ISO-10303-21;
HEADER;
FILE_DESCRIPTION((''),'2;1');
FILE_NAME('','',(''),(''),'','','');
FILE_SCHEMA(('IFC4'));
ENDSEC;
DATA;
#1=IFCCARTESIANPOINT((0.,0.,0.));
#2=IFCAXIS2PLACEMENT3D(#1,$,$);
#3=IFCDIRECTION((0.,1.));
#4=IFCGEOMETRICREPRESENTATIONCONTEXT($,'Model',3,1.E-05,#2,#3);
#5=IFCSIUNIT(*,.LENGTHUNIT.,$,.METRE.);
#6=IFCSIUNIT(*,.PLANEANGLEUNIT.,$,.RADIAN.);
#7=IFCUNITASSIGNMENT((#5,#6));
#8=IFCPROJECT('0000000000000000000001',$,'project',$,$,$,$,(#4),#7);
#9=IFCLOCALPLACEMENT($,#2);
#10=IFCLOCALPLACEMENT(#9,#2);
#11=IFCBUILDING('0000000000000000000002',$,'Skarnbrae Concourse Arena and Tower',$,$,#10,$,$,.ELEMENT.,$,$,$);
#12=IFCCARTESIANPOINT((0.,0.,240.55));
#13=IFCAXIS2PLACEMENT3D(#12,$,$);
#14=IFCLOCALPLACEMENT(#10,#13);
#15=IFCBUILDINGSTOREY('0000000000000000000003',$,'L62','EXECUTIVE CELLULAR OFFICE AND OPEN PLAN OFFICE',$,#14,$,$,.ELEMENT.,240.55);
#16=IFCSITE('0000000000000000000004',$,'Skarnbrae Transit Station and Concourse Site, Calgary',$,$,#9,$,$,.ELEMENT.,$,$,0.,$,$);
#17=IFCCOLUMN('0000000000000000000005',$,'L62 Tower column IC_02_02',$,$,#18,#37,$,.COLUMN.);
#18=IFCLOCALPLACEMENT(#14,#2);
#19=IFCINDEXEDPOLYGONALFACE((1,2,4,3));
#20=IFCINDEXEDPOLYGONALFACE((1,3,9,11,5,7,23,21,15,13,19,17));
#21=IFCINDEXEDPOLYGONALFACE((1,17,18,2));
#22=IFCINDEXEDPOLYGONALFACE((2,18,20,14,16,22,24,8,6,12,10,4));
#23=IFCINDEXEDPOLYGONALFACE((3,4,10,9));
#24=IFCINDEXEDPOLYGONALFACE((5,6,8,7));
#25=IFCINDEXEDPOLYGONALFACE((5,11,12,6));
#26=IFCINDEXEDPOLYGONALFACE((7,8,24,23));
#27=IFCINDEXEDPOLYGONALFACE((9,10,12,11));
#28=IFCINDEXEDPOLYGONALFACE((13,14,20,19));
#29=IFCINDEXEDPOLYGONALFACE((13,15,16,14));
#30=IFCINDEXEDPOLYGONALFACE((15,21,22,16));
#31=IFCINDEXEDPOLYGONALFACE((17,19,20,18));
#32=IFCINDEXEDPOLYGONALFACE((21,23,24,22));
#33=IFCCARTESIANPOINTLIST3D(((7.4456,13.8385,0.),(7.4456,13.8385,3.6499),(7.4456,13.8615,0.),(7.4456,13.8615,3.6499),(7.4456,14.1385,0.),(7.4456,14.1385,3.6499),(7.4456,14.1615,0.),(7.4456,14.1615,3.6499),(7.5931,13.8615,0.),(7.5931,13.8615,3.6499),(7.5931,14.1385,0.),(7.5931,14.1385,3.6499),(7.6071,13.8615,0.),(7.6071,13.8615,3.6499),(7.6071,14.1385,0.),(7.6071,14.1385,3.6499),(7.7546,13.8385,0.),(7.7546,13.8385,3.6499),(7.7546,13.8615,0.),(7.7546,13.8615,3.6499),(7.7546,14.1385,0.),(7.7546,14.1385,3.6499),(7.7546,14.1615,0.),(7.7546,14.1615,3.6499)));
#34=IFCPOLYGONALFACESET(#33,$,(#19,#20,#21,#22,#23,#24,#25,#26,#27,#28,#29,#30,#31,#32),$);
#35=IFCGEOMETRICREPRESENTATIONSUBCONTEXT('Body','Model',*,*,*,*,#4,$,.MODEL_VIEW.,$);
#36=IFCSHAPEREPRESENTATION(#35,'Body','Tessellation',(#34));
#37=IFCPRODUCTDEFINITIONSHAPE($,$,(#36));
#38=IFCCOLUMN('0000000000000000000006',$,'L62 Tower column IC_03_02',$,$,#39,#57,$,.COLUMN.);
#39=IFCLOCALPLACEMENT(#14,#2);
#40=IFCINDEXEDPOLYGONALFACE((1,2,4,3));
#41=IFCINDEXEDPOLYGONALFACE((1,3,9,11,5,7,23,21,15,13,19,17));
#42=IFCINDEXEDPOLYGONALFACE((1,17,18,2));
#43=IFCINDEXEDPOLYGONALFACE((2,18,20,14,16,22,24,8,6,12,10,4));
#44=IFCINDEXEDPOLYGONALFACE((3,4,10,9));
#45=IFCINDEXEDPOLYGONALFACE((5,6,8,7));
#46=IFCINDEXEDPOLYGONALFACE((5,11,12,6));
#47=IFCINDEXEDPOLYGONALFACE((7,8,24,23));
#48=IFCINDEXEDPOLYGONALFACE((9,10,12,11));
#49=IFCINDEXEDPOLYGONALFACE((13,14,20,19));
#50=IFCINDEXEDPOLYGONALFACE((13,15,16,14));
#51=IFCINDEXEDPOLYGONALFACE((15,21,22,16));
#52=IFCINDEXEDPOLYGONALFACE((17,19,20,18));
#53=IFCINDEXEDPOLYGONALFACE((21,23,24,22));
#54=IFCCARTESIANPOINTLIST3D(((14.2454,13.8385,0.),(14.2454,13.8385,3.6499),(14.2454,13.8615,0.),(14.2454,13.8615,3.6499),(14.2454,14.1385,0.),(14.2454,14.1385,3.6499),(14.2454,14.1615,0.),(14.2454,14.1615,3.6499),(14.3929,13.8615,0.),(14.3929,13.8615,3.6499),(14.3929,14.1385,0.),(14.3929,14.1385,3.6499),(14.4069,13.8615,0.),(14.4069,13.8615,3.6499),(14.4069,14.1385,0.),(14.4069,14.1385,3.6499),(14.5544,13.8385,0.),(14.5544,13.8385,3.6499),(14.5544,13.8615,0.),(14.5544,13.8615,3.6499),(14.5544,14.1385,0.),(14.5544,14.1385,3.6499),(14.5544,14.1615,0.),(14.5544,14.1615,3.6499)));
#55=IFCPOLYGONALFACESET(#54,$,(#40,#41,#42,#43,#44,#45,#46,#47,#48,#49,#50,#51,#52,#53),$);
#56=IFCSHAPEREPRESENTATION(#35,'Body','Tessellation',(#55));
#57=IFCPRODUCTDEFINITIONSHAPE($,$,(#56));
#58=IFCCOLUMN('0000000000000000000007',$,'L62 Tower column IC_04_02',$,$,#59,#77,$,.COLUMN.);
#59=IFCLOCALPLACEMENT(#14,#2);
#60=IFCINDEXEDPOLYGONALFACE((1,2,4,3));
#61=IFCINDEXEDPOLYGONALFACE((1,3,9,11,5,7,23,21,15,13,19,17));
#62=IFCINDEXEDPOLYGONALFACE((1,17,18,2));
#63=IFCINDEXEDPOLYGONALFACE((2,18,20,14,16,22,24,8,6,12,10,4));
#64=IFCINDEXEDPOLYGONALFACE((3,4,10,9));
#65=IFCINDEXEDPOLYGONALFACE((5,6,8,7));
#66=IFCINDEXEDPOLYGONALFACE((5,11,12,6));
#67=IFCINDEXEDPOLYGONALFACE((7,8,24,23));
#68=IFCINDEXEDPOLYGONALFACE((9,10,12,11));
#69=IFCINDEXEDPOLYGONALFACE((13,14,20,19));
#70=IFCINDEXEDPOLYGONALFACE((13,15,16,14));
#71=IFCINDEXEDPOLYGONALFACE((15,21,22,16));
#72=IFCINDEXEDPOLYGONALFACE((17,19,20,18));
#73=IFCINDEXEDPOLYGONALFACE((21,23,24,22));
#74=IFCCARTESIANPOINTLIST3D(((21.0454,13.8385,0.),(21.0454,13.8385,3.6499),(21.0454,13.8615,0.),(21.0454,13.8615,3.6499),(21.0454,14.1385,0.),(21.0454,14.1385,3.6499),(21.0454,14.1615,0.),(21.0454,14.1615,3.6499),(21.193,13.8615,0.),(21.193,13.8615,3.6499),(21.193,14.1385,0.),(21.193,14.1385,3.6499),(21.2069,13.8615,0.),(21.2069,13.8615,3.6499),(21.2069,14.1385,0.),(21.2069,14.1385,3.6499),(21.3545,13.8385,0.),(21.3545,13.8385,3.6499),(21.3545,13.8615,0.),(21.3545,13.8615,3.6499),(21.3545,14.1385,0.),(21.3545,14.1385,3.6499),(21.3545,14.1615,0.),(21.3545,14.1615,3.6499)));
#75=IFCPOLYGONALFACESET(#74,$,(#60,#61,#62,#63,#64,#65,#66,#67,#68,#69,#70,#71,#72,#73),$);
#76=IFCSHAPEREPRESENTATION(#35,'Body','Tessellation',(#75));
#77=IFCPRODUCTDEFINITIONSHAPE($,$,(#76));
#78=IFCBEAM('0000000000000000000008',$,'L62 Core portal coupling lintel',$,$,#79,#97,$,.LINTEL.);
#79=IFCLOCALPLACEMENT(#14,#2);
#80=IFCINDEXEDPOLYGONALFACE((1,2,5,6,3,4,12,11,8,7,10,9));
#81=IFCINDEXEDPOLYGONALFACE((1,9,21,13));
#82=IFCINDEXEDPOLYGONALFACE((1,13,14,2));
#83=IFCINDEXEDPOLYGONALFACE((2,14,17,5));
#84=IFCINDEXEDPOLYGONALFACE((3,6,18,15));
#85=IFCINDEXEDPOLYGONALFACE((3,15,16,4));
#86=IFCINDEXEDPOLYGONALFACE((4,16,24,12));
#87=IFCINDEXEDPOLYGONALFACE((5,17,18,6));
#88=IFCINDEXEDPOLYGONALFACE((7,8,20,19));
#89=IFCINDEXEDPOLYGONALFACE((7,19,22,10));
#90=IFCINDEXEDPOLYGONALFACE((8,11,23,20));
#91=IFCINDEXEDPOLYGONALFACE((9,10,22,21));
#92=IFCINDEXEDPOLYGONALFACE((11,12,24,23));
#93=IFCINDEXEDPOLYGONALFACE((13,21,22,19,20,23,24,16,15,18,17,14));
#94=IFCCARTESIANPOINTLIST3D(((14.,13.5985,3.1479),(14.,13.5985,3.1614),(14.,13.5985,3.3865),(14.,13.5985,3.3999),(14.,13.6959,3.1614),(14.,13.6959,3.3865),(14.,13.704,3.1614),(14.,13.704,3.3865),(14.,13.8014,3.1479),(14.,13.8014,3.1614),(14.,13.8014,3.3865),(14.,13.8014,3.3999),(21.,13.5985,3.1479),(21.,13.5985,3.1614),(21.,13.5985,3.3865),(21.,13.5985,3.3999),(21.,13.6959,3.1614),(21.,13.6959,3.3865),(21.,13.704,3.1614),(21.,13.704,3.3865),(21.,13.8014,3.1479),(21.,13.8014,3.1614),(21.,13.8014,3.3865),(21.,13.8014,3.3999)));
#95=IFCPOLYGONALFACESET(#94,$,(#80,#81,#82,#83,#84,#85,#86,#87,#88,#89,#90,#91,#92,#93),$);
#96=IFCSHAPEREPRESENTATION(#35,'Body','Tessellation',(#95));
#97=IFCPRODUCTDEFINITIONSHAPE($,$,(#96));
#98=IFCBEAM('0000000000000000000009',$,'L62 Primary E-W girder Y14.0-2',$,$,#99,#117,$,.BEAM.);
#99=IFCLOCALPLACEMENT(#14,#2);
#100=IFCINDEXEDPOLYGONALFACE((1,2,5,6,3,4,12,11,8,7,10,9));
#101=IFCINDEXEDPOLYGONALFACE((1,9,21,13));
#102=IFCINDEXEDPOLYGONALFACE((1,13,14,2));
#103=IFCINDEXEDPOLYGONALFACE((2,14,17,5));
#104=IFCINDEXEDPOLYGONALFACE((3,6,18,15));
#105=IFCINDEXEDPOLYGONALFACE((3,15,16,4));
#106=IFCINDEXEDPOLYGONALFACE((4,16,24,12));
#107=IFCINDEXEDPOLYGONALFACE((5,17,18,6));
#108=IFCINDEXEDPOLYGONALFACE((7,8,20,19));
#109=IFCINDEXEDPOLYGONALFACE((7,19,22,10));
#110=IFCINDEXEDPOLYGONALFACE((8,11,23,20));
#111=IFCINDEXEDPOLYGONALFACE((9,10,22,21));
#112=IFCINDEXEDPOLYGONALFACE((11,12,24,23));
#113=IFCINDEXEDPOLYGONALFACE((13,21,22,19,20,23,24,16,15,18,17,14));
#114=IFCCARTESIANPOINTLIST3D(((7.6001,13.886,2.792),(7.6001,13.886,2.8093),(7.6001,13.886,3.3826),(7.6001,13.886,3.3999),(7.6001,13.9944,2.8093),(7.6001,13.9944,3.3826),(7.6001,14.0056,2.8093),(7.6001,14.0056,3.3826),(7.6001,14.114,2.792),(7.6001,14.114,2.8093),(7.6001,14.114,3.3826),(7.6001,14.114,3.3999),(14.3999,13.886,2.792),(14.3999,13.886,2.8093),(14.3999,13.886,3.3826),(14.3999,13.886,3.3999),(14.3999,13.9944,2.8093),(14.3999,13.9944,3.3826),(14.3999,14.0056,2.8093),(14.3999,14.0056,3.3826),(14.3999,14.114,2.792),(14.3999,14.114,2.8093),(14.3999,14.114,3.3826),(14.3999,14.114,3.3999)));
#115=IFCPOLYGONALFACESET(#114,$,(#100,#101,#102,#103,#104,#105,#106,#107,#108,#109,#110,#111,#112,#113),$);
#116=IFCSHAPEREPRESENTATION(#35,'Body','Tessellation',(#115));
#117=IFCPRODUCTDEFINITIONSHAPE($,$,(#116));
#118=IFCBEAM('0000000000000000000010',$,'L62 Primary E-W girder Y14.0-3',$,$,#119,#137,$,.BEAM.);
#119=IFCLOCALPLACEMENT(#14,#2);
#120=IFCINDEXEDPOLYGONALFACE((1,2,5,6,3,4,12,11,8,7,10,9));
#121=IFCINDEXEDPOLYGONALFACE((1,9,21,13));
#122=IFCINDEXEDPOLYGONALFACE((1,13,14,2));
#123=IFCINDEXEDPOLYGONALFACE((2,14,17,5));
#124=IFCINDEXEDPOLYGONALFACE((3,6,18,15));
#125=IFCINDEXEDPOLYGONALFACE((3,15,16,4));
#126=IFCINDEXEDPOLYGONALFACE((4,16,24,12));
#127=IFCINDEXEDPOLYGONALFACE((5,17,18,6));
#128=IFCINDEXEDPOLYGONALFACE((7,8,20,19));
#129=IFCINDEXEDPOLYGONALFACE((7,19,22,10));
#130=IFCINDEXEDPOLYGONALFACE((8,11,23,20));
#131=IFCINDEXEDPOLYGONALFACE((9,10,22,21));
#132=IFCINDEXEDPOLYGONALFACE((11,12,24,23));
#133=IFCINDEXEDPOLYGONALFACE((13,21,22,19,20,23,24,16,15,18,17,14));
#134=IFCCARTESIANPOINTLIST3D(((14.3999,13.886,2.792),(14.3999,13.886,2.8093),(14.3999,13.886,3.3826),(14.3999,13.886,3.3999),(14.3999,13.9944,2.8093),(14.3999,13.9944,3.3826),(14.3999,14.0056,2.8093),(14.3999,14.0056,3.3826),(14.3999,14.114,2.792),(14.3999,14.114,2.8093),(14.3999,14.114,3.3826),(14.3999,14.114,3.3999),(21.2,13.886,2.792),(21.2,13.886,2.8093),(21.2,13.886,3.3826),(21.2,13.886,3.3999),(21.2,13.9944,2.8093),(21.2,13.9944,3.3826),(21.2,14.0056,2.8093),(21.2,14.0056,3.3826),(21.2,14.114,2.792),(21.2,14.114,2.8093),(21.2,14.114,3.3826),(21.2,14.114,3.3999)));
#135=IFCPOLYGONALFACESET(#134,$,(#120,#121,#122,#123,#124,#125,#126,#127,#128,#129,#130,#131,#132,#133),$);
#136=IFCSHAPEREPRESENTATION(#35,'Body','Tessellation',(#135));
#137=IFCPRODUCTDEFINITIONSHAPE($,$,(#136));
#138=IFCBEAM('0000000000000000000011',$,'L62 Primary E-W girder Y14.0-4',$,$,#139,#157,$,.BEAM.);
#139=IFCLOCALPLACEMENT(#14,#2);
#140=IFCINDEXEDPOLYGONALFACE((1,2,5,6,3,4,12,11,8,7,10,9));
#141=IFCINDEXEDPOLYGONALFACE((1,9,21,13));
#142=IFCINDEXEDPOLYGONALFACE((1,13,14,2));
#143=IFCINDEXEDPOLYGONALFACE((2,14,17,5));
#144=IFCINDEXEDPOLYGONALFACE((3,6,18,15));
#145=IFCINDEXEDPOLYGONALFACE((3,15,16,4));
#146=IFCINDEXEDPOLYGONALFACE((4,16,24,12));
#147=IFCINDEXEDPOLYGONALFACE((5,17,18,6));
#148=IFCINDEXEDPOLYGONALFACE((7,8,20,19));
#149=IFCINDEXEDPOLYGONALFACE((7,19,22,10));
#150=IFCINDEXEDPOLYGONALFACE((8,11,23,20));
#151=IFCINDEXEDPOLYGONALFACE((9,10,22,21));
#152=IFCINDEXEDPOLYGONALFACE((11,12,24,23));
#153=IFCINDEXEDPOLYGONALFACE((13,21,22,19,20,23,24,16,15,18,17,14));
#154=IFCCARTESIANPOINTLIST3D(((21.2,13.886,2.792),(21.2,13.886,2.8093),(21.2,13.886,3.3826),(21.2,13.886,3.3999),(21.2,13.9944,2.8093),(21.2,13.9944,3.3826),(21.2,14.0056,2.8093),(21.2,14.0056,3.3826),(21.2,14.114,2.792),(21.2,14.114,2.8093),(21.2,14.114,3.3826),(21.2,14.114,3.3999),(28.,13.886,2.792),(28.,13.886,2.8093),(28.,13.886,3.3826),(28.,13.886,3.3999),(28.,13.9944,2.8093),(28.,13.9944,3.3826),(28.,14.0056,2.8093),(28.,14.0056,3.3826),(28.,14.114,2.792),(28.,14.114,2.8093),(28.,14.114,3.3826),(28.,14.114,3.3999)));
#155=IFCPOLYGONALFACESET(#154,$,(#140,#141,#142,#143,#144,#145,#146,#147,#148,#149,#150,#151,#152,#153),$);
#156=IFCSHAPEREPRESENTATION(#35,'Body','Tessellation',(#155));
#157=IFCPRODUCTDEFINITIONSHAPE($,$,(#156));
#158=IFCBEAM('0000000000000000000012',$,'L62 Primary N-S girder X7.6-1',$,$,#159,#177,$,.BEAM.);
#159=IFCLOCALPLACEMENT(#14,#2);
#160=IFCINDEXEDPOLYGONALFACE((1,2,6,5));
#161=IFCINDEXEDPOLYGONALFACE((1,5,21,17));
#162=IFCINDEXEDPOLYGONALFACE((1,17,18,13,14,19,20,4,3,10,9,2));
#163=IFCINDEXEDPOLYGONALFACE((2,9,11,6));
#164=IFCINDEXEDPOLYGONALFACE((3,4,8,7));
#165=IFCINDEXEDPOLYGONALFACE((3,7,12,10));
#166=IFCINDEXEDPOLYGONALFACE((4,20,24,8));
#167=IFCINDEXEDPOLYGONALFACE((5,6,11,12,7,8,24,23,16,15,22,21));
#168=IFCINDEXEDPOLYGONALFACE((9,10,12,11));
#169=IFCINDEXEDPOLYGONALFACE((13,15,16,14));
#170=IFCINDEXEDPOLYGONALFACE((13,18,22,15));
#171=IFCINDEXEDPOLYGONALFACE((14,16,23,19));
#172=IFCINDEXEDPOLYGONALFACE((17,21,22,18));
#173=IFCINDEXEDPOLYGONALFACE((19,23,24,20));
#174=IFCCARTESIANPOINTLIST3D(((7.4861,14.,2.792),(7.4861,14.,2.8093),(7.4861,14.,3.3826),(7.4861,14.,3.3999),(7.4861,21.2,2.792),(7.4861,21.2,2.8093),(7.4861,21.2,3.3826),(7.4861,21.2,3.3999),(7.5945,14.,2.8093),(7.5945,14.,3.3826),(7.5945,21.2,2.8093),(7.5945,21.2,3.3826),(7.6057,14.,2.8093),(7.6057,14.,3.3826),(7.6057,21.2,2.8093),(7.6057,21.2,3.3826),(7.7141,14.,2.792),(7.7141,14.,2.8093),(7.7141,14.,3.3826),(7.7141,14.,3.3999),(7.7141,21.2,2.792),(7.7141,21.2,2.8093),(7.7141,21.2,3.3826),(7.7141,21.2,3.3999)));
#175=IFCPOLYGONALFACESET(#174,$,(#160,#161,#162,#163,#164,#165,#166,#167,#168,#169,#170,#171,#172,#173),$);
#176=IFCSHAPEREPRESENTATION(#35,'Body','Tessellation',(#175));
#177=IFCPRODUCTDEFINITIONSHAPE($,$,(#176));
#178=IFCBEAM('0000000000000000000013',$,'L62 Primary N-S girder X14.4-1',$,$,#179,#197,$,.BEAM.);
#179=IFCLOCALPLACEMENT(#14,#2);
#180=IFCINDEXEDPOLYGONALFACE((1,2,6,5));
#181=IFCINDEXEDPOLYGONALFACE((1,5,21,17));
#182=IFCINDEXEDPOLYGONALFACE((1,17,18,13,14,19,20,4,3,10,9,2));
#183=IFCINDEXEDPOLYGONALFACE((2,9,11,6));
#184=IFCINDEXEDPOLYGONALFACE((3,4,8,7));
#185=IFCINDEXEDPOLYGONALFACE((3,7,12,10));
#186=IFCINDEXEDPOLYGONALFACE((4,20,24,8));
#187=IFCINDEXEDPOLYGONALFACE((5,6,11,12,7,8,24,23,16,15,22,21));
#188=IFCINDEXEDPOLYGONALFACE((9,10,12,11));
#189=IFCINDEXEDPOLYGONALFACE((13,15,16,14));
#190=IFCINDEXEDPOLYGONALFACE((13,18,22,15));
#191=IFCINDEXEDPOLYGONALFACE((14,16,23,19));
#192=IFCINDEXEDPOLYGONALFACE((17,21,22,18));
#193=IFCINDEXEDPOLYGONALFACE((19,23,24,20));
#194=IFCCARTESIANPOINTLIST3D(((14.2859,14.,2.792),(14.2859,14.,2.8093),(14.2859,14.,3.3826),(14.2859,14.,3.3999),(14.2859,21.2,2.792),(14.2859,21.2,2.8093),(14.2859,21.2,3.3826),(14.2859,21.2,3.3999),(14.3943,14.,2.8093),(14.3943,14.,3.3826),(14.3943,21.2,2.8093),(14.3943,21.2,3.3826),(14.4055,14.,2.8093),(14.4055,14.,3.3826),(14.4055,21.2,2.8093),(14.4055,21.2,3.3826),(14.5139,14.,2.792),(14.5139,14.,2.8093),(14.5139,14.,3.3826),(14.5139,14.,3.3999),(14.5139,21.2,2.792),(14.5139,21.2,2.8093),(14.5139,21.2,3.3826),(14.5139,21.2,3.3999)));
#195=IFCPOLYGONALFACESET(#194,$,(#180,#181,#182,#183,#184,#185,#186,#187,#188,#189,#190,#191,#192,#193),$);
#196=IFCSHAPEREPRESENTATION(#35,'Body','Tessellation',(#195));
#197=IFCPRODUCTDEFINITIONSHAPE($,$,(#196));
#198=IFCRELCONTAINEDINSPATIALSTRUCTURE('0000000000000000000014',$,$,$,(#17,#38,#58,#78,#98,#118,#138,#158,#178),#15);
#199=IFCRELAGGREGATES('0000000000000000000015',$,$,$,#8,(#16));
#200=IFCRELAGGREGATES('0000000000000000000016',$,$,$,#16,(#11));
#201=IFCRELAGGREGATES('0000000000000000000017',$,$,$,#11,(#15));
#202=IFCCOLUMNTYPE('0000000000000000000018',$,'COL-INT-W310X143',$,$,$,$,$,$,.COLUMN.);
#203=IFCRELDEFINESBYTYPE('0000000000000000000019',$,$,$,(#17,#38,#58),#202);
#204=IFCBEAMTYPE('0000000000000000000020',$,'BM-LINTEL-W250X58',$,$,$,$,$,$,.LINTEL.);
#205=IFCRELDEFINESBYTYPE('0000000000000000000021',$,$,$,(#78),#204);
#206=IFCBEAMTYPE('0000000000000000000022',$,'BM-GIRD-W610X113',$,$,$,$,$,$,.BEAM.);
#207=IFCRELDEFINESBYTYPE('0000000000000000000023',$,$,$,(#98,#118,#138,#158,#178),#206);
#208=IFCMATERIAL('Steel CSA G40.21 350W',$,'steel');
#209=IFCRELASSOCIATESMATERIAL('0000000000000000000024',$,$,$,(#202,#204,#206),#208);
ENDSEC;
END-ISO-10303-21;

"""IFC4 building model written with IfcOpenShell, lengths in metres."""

from ifc_helpers import new_model, si_unit, direction, frame, origin, origin_2d, place, context, subcontext, project, spatial, i_section, extrude, source, transform, mapped, material, material_profile, profile_set, type_object, element, save


model = new_model("IFC4")

# Units and contexts
model_context = context("Model", 3, precision=1e-05, world=origin(), true_north=direction((0.0, 1.0)))
body_context = subcontext(model_context, "Body", "Model", "MODEL_VIEW")
ifc_project = project(units=[si_unit("LENGTHUNIT", "METRE"), si_unit("PLANEANGLEUNIT", "RADIAN")], contexts=[model_context])

# Site, building, storey
site_placement = place(None, origin())
site = spatial("IfcSite", under=ifc_project, at=site_placement, Name="Skarnbrae Transit Station and Concourse Site, Calgary", CompositionType="ELEMENT", RefElevation=0.0)
building_placement = place(site_placement, origin())
building = spatial("IfcBuilding", under=site, at=building_placement, Name="Skarnbrae Concourse Arena and Tower", CompositionType="ELEMENT")
storey_placement = place(building_placement, frame((0.0, 0.0, 240.55)))
storey = spatial("IfcBuildingStorey", under=building, at=storey_placement, Name="L62", Description="EXECUTIVE CELLULAR OFFICE AND OPEN PLAN OFFICE", CompositionType="ELEMENT", Elevation=240.55)

# Columns
ifc_material_1 = material(Name="Steel CSA G40.21 350W", Category="steel")
ifc_material_profile_1 = material_profile(ifc_material_1, i_section(OverallWidth=0.3091, OverallDepth=0.323, WebThickness=0.0139, FlangeThickness=0.0229, at=origin_2d()), Name="W310X143")
ifc_profile_set_1 = profile_set([ifc_material_profile_1], Name="Steel CSA G40.21 350W")
column_type = type_object("IfcColumnType", Name="COL-INT-W310X143", PredefinedType="COLUMN", material=ifc_profile_set_1)
shared_shape_1 = source(origin(), body_context, "Body", "SweptSolid", [
    extrude(i_section(OverallWidth=0.3091, OverallDepth=0.323, WebThickness=0.0139, FlangeThickness=0.0229, at=origin_2d()), origin(), (0.0, 0.0, 1.0), 3.6499),
])
for number, where, z_axis, x_axis, name in (
    (1, (7.6001, 14.0, 0.0), (0.0, 0.0, 1.0), (1.0, 0.0, 0.0), "L62 Tower column IC_02_02"),
    (2, (14.3999, 14.0, 0.0), (0.0, 0.0, 1.0), (1.0, 0.0, 0.0), "L62 Tower column IC_03_02"),
    (3, (21.2, 14.0, 0.0), (0.0, 0.0, 1.0), (1.0, 0.0, 0.0), "L62 Tower column IC_04_02"),
):
    element("IfcColumn", number, at=place(storey_placement, frame(where, z_axis=z_axis, x_axis=x_axis)), inside=storey, type_object=column_type, Name=name, PredefinedType="COLUMN", context=body_context, shape_type="MappedRepresentation", body=[
        mapped(shared_shape_1, transform((0.0, 0.0, 0.0))),
    ])

# Beams
ifc_material_profile_2 = material_profile(ifc_material_1, i_section(OverallWidth=0.2029, OverallDepth=0.252, WebThickness=0.0081, FlangeThickness=0.0134, at=origin_2d()), Name="W250X58")
ifc_profile_set_2 = profile_set([ifc_material_profile_2], Name="Steel CSA G40.21 350W")
beam_type_1 = type_object("IfcBeamType", Name="BM-LINTEL-W250X58", PredefinedType="LINTEL", material=ifc_profile_set_2)
shared_shape_2 = source(origin(), body_context, "Body", "SweptSolid", [
    extrude(i_section(OverallWidth=0.2029, OverallDepth=0.252, WebThickness=0.0081, FlangeThickness=0.0134, at=origin_2d()), origin(), (0.0, 0.0, 1.0), 7.0),
])
beam_1_placement = place(storey_placement, frame((14.0, 13.7, 3.2739), z_axis=(1.0, 0.0, 0.0), x_axis=(0.0, 1.0, 0.0)))
element("IfcBeam", 4, at=beam_1_placement, inside=storey, type_object=beam_type_1, Name="L62 Core portal coupling lintel", PredefinedType="LINTEL", context=body_context, shape_type="MappedRepresentation", body=[
    mapped(shared_shape_2, transform((0.0, 0.0, 0.0))),
])
ifc_material_profile_3 = material_profile(ifc_material_1, i_section(OverallWidth=0.228, OverallDepth=0.6079, WebThickness=0.0112, FlangeThickness=0.0173, at=origin_2d()), Name="W610X113")
ifc_profile_set_3 = profile_set([ifc_material_profile_3], Name="Steel CSA G40.21 350W")
beam_type_2 = type_object("IfcBeamType", Name="BM-GIRD-W610X113", PredefinedType="BEAM", material=ifc_profile_set_3)
shared_shape_3 = source(origin(), body_context, "Body", "SweptSolid", [
    extrude(i_section(OverallWidth=0.228, OverallDepth=0.6079, WebThickness=0.0112, FlangeThickness=0.0173, at=origin_2d()), origin(), (0.0, 0.0, 1.0), 6.7998),
])
beam_2_placement = place(storey_placement, frame((7.6001, 14.0, 3.0959), z_axis=(1.0, 0.0, 0.0), x_axis=(0.0, 1.0, 0.0)))
element("IfcBeam", 5, at=beam_2_placement, inside=storey, type_object=beam_type_2, Name="L62 Primary E-W girder Y14.0-2", PredefinedType="BEAM", context=body_context, shape_type="MappedRepresentation", body=[
    mapped(shared_shape_3, transform((0.0, 0.0, 0.0))),
])
shared_shape_4 = source(origin(), body_context, "Body", "SweptSolid", [
    extrude(i_section(OverallWidth=0.228, OverallDepth=0.6079, WebThickness=0.0112, FlangeThickness=0.0173, at=origin_2d()), origin(), (0.0, 0.0, 1.0), 6.8),
])
for number, where, z_axis, x_axis, name in (
    (6, (14.3999, 14.0, 3.0959), (1.0, 0.0, 0.0), (0.0, 1.0, 0.0), "L62 Primary E-W girder Y14.0-3"),
    (7, (21.2, 14.0, 3.0959), (1.0, 0.0, 0.0), (0.0, 1.0, 0.0), "L62 Primary E-W girder Y14.0-4"),
):
    element("IfcBeam", number, at=place(storey_placement, frame(where, z_axis=z_axis, x_axis=x_axis)), inside=storey, type_object=beam_type_2, Name=name, PredefinedType="BEAM", context=body_context, shape_type="MappedRepresentation", body=[
        mapped(shared_shape_4, transform((0.0, 0.0, 0.0))),
    ])
shared_shape_5 = source(origin(), body_context, "Body", "SweptSolid", [
    extrude(i_section(OverallWidth=0.228, OverallDepth=0.6079, WebThickness=0.0112, FlangeThickness=0.0173, at=origin_2d()), origin(), (0.0, 0.0, 1.0), 7.2),
])
for number, where, z_axis, x_axis, name in (
    (8, (7.6001, 14.0, 3.0959), (0.0, 1.0, 0.0), (-1.0, 0.0, 0.0), "L62 Primary N-S girder X7.6-1"),
    (9, (14.3999, 14.0, 3.0959), (0.0, 1.0, 0.0), (-1.0, 0.0, 0.0), "L62 Primary N-S girder X14.4-1"),
):
    element("IfcBeam", number, at=place(storey_placement, frame(where, z_axis=z_axis, x_axis=x_axis)), inside=storey, type_object=beam_type_2, Name=name, PredefinedType="BEAM", context=body_context, shape_type="MappedRepresentation", body=[
        mapped(shared_shape_5, transform((0.0, 0.0, 0.0))),
    ])

save(model, "model.ifc")
